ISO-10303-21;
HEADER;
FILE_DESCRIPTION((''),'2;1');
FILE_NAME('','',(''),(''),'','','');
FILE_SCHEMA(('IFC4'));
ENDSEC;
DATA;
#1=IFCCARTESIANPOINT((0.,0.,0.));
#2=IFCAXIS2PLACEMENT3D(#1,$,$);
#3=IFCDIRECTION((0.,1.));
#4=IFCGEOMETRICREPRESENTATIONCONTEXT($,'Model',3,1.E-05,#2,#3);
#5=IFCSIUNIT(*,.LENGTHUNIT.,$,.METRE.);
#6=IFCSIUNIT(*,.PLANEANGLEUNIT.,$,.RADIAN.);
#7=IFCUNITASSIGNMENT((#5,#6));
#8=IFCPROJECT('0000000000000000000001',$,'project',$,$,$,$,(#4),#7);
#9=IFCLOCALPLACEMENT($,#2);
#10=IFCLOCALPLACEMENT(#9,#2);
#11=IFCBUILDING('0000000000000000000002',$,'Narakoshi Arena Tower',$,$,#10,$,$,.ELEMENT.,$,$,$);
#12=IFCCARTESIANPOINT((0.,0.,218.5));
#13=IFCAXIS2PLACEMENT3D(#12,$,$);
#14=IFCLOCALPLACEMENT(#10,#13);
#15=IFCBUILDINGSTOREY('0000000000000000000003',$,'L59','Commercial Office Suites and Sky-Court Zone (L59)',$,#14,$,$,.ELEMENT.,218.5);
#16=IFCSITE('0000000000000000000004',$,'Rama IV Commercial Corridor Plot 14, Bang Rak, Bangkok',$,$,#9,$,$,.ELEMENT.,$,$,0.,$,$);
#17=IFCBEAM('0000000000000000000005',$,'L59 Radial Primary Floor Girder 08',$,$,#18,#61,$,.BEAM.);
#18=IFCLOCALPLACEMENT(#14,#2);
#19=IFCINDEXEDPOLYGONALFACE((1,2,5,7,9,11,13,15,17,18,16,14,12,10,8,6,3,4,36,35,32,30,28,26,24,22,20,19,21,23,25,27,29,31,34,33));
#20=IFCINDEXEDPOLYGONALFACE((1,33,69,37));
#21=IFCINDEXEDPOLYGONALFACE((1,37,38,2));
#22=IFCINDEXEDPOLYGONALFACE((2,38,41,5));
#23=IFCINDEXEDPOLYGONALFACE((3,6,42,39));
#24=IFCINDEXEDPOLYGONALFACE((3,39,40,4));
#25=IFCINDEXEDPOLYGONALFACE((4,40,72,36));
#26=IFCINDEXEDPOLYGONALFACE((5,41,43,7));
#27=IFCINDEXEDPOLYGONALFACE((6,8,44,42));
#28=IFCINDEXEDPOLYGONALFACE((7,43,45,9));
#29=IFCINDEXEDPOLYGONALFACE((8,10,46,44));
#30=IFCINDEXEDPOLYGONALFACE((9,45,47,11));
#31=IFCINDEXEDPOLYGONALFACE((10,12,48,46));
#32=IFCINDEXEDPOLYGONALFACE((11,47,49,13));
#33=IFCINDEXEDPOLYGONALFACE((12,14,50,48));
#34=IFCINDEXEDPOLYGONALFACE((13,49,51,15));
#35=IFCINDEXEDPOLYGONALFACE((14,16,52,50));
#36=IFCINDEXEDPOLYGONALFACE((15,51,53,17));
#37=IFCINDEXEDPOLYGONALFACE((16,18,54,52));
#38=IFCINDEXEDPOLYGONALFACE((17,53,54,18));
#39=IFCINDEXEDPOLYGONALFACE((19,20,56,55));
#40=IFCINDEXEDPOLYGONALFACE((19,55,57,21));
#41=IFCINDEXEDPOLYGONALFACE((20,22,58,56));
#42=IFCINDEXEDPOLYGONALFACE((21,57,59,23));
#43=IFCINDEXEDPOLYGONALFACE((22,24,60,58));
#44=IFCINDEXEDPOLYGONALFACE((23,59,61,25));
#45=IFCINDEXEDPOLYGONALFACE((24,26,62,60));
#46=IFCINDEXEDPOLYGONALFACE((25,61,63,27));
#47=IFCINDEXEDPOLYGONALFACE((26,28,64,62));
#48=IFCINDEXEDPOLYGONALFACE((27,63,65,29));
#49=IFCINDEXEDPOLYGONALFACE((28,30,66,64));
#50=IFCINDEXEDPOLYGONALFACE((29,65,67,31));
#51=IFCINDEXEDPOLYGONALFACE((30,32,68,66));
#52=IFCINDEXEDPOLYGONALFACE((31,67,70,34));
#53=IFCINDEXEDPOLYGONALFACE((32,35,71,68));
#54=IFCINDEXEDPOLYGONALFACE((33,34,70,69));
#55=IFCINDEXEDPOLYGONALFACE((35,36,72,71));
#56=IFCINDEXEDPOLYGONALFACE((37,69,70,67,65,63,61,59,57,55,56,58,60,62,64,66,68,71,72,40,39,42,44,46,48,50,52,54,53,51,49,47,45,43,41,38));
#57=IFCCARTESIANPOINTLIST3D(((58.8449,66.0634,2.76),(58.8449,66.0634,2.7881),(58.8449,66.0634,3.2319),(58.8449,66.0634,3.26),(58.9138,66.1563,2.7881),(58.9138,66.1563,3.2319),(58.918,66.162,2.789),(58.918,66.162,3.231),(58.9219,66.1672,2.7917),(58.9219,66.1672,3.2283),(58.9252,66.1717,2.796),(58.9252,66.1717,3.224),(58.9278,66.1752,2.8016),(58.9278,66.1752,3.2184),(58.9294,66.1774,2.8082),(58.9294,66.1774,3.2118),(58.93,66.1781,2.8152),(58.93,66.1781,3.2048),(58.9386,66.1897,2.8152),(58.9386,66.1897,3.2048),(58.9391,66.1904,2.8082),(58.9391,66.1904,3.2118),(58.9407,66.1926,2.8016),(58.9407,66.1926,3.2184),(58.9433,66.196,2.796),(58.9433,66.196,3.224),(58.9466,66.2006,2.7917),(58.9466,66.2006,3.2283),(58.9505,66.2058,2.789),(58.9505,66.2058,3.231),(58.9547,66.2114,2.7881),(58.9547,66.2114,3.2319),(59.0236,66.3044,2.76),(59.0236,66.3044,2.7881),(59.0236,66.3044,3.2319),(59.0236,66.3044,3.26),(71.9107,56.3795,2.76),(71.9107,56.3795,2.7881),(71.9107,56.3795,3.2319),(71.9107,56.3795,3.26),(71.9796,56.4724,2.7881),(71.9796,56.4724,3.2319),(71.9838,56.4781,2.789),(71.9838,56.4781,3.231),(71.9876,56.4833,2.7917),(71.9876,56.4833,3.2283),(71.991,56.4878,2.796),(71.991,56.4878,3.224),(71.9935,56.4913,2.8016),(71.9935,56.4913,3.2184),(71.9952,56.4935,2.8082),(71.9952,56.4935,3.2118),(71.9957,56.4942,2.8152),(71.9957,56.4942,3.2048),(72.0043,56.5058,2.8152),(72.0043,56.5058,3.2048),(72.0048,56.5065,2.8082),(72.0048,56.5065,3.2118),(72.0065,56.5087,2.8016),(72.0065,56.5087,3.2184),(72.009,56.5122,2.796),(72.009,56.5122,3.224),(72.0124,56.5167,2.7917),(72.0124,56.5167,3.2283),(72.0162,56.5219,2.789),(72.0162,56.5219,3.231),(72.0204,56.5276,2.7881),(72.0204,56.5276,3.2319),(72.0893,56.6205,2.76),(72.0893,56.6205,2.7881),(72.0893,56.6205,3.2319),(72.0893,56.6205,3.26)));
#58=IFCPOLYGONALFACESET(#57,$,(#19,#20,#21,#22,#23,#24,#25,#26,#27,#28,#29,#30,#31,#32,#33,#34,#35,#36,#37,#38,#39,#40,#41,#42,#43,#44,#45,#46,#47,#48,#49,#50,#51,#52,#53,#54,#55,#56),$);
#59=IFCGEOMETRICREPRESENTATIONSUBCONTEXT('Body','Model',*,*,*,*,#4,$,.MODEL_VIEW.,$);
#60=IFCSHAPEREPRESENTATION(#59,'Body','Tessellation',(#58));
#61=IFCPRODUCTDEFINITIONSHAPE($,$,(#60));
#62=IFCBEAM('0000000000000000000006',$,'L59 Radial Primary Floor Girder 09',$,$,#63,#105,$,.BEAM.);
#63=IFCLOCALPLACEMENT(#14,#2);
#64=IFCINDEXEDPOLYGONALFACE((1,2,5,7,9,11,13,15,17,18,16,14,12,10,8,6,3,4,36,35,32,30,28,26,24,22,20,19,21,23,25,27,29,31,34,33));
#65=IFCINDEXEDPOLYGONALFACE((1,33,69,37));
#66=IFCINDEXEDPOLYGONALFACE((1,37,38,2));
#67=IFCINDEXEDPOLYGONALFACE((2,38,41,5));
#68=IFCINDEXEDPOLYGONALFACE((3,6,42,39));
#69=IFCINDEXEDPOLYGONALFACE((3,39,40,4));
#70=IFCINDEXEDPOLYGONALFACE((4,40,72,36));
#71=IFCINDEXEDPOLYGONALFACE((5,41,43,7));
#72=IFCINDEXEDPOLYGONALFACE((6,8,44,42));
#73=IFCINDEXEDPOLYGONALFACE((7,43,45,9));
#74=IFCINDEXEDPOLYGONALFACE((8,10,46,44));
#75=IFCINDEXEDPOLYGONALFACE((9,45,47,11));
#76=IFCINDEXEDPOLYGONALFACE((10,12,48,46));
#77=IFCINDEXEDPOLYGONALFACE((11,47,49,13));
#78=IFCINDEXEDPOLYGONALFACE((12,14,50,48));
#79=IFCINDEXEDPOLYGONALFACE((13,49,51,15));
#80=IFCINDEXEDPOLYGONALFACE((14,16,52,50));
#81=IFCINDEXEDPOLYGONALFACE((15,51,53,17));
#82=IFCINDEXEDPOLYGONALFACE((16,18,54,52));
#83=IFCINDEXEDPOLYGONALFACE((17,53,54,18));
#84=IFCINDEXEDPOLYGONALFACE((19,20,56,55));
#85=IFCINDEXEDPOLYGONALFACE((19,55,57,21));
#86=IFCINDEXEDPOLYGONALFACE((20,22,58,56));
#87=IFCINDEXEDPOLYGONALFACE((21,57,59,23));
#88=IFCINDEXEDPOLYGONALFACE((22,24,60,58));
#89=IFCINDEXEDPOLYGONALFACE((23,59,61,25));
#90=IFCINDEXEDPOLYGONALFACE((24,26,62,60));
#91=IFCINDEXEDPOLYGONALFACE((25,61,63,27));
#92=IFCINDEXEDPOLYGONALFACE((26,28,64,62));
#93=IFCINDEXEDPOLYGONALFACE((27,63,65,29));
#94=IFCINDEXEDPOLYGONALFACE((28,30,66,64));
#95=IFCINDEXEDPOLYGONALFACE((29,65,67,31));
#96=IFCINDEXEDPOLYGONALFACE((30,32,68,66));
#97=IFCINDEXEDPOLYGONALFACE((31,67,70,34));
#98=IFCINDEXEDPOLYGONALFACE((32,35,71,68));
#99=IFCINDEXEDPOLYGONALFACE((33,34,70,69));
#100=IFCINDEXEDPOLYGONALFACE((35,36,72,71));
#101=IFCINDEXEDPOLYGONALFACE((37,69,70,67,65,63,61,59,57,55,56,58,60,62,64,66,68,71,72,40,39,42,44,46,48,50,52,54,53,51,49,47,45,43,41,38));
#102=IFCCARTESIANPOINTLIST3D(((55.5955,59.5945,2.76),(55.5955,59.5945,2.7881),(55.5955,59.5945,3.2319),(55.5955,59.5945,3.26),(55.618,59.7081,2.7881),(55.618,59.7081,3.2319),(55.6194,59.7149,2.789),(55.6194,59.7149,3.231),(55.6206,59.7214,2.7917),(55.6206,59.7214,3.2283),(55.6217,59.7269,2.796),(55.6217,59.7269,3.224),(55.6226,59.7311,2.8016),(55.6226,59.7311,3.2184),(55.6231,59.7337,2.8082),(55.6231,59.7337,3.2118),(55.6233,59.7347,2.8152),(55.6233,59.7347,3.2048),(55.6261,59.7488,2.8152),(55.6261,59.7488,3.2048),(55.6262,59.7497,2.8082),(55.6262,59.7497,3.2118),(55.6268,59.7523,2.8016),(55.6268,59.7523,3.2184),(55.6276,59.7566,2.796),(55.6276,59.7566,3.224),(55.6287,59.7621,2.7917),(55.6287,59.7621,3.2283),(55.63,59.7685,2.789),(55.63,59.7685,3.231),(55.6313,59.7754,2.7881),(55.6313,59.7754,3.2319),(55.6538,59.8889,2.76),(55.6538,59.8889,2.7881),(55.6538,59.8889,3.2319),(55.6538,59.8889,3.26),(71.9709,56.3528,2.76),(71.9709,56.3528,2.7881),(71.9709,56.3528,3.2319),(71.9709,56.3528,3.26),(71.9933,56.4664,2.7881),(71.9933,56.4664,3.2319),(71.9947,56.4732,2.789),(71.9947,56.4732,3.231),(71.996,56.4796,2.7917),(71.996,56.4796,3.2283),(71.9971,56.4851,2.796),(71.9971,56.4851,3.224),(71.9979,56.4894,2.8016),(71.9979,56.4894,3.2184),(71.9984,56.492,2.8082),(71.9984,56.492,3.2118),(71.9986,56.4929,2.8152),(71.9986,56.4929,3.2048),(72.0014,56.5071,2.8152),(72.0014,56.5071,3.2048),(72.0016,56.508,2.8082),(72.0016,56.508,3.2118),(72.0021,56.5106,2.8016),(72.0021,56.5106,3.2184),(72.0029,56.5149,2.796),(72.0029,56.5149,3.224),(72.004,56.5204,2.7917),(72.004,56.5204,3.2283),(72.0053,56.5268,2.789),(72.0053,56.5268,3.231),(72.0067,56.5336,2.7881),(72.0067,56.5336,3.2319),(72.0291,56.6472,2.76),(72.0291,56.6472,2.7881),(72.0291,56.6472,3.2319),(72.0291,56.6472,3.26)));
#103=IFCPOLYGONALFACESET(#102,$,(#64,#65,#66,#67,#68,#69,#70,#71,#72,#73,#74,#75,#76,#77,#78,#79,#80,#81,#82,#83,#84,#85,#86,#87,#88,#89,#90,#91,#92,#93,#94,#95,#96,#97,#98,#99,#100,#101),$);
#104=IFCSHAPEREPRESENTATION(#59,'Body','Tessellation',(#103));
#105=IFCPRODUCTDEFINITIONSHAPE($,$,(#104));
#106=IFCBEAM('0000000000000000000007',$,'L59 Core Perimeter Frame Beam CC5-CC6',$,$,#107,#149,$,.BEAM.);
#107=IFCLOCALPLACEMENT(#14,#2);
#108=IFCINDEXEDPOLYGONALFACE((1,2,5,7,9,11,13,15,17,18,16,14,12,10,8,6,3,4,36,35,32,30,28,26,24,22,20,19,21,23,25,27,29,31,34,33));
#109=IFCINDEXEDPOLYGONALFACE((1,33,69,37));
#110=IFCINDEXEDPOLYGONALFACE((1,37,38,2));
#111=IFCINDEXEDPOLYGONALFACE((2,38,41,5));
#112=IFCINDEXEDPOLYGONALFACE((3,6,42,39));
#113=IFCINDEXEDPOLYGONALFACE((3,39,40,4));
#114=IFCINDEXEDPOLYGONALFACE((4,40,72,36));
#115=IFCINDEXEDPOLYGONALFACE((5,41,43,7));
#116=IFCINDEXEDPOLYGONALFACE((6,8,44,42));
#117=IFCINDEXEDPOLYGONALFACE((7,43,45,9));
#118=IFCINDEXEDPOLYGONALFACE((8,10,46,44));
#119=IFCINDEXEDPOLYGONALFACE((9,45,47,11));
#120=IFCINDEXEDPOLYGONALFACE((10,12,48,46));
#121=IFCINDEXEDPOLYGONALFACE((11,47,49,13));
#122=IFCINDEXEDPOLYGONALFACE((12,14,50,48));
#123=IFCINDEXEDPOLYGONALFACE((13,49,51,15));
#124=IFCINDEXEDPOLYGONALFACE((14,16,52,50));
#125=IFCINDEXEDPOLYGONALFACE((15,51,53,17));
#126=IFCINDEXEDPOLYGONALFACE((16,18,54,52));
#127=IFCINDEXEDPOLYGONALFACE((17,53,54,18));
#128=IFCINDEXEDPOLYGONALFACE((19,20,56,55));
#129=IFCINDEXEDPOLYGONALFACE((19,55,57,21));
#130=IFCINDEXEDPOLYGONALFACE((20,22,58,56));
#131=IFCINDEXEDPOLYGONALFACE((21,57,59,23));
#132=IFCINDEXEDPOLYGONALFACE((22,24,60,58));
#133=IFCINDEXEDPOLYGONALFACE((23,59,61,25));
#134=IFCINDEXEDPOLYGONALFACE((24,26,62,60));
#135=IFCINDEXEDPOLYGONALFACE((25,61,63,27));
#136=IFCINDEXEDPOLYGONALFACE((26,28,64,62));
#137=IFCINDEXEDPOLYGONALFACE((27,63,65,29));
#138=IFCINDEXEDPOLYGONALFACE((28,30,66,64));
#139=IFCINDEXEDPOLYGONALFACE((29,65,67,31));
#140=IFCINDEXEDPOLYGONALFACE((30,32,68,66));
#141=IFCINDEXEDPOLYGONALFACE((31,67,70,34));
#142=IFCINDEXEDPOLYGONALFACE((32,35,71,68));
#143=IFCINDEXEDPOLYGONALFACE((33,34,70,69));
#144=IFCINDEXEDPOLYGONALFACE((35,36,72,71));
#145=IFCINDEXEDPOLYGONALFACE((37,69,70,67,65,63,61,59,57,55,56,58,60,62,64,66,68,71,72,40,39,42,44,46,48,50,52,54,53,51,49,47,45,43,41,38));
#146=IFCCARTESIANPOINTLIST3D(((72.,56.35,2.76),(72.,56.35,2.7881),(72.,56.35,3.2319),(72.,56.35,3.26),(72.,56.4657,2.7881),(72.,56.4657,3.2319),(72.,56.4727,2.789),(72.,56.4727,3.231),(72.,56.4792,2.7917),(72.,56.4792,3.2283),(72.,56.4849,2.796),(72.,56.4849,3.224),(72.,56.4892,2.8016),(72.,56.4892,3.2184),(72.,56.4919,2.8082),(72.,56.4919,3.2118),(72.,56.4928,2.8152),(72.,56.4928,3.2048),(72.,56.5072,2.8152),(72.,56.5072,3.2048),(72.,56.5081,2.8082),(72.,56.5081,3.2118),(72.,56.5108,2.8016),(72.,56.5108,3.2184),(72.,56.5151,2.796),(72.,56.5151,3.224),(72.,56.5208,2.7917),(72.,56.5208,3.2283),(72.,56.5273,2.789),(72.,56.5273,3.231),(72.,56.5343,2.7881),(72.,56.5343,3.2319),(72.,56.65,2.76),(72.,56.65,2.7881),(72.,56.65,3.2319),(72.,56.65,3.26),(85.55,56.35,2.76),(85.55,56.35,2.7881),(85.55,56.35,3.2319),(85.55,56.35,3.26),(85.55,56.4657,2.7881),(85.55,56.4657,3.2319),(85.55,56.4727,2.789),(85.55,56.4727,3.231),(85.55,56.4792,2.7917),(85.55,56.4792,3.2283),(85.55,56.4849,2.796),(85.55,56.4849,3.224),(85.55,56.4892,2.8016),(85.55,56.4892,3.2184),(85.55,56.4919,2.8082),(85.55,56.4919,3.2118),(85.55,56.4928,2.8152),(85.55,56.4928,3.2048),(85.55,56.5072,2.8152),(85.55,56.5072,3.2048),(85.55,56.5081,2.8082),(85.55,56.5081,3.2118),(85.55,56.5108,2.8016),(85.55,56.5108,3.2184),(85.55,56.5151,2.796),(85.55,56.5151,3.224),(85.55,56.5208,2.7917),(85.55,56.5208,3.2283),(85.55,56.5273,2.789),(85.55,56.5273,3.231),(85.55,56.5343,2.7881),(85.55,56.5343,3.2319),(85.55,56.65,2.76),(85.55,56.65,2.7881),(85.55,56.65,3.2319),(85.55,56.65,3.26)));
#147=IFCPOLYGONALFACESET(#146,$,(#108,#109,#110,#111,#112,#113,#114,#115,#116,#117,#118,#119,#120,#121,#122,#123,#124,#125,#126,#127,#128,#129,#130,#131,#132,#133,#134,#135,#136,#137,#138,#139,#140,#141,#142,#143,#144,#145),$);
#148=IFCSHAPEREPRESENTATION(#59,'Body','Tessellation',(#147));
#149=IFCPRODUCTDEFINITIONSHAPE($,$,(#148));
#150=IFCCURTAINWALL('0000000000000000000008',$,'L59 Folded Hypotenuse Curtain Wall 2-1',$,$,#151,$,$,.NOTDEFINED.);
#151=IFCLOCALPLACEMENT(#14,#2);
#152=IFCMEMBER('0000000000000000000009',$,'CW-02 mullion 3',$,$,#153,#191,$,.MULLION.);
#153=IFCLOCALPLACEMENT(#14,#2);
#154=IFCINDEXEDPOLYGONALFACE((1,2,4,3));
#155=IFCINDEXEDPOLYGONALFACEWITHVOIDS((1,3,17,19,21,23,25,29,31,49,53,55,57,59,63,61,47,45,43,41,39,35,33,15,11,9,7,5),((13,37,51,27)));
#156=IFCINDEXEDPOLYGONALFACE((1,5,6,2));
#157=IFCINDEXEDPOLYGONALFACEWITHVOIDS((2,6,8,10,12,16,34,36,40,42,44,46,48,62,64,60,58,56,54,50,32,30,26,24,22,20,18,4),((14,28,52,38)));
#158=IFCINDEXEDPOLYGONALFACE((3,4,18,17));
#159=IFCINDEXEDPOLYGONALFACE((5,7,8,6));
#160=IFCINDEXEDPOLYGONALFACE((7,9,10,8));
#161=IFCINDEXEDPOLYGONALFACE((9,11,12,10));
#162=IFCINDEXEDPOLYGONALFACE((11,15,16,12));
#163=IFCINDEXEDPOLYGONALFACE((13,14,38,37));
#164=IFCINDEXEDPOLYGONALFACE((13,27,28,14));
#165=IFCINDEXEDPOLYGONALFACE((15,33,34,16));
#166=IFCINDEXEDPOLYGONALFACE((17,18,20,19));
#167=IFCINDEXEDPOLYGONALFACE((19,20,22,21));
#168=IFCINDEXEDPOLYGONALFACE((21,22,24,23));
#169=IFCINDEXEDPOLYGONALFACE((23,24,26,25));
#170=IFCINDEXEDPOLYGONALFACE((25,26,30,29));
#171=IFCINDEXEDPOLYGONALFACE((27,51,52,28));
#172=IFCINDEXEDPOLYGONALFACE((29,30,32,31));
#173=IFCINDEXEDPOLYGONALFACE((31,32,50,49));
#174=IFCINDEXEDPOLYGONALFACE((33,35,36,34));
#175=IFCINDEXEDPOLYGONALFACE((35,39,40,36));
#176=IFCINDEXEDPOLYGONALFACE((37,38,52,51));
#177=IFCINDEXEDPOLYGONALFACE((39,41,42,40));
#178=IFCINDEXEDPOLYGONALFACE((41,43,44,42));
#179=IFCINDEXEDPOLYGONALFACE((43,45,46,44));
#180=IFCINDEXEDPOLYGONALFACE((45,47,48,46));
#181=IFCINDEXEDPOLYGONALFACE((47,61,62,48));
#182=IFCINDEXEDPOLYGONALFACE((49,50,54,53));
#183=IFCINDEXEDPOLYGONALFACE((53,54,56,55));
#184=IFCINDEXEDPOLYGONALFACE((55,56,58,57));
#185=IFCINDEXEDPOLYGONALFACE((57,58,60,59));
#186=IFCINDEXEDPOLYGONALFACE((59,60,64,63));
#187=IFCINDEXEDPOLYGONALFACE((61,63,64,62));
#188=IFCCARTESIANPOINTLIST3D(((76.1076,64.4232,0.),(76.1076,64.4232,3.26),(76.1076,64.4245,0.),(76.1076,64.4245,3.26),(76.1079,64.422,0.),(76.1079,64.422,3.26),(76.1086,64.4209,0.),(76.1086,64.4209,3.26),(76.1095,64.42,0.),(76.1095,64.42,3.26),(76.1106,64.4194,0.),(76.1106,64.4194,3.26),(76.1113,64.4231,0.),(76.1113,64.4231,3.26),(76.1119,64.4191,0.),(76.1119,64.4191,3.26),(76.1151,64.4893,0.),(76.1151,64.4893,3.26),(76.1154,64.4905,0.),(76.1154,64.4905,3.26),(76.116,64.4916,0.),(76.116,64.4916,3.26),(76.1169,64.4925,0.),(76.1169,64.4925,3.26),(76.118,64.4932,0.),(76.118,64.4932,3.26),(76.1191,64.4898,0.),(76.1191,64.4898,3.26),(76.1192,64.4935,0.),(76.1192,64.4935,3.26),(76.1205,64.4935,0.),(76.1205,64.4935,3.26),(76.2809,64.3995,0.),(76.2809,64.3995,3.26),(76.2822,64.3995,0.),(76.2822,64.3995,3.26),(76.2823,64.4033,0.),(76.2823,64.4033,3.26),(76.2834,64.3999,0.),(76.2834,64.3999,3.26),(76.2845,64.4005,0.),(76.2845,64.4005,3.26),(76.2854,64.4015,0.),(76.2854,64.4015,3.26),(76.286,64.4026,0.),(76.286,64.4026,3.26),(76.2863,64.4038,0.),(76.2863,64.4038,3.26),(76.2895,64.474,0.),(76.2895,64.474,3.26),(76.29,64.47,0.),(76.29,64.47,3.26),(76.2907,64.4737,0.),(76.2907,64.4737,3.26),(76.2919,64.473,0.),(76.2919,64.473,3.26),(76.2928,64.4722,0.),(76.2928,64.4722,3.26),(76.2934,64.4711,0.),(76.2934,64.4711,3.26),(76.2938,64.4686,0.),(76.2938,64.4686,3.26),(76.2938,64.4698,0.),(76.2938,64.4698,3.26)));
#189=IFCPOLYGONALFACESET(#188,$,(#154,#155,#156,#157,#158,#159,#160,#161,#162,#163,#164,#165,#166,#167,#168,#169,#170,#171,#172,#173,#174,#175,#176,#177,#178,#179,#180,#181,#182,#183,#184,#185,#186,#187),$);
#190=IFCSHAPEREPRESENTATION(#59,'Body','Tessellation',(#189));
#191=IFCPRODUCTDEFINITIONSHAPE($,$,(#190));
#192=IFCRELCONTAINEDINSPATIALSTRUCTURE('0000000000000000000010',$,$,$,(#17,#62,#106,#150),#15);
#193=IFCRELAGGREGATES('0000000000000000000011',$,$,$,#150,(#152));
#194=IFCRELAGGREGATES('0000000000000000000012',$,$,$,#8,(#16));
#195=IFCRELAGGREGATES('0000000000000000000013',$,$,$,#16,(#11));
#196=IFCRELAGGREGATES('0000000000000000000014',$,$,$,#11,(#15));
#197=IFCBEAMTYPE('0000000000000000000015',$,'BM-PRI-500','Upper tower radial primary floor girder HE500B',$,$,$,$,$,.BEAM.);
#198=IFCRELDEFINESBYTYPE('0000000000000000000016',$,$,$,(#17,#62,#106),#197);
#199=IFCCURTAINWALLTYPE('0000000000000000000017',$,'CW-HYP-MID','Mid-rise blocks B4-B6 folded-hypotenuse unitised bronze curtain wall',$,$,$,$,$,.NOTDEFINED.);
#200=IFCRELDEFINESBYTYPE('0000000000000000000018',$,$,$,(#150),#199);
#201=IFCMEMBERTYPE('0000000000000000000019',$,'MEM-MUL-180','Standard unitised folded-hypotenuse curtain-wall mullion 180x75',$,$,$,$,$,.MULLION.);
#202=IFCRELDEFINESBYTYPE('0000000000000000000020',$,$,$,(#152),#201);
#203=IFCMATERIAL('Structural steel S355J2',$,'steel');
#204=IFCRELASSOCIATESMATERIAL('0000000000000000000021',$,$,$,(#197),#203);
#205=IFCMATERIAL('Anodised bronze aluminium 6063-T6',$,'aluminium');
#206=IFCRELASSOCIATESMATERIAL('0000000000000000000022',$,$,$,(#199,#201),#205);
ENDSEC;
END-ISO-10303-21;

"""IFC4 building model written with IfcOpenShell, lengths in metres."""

from ifc_helpers import new_model, si_unit, direction, frame, origin, origin_2d, place, context, subcontext, project, spatial, hollow_rectangle, i_section, extrude, material, material_profile, profile_set, type_object, element, aggregate, save


model = new_model("IFC4")

# Units and contexts
model_context = context("Model", 3, precision=1e-05, world=origin(), true_north=direction((0.0, 1.0)))
body_context = subcontext(model_context, "Body", "Model", "MODEL_VIEW")
ifc_project = project(units=[si_unit("LENGTHUNIT", "METRE"), si_unit("PLANEANGLEUNIT", "RADIAN")], contexts=[model_context])

# Site, building, storey
site_placement = place(None, origin())
site = spatial("IfcSite", under=ifc_project, at=site_placement, Name="Rama IV Commercial Corridor Plot 14, Bang Rak, Bangkok", CompositionType="ELEMENT", RefElevation=0.0)
building_placement = place(site_placement, origin())
building = spatial("IfcBuilding", under=site, at=building_placement, Name="Narakoshi Arena Tower", CompositionType="ELEMENT")
storey_placement = place(building_placement, frame((0.0, 0.0, 218.5)))
storey = spatial("IfcBuildingStorey", under=building, at=storey_placement, Name="L59", Description="Commercial Office Suites and Sky-Court Zone (L59)", CompositionType="ELEMENT", Elevation=218.5)

# Beams
ifc_material_1 = material(Name="Structural steel S355J2", Category="steel")
ifc_material_profile_1 = material_profile(ifc_material_1, i_section(OverallWidth=0.3, OverallDepth=0.5, WebThickness=0.0144, FlangeThickness=0.0281, FilletRadius=0.0271, at=origin_2d()), Name="HE500B")
ifc_profile_set_1 = profile_set([ifc_material_profile_1], Name="Structural steel S355J2")
beam_type = type_object("IfcBeamType", Name="BM-PRI-500", Description="Upper tower radial primary floor girder HE500B", PredefinedType="BEAM", material=ifc_profile_set_1)
beam_1_placement = place(storey_placement, frame((72.0, 56.5, 3.01), z_axis=(-0.803394, 0.595448, 0.0), x_axis=(-0.595448, -0.803394, 0.0)))
element("IfcBeam", 1, at=beam_1_placement, inside=storey, type_object=beam_type, Name="L59 Radial Primary Floor Girder 08", PredefinedType="BEAM", context=body_context, shape_type="SweptSolid", body=[
    extrude(i_section(OverallWidth=0.3, OverallDepth=0.5, WebThickness=0.0144, FlangeThickness=0.0281, FilletRadius=0.0271, at=origin_2d()), origin(), (0.0, 0.0, 1.0), 16.2632),
])
beam_2_placement = place(storey_placement, frame((72.0, 56.5, 3.01), z_axis=(-0.980963, 0.194195, 0.0), x_axis=(-0.194195, -0.980963, 0.0)))
element("IfcBeam", 2, at=beam_2_placement, inside=storey, type_object=beam_type, Name="L59 Radial Primary Floor Girder 09", PredefinedType="BEAM", context=body_context, shape_type="SweptSolid", body=[
    extrude(i_section(OverallWidth=0.3, OverallDepth=0.5, WebThickness=0.0144, FlangeThickness=0.0281, FilletRadius=0.0271, at=origin_2d()), origin(), (0.0, 0.0, 1.0), 16.6931),
])
beam_3_placement = place(storey_placement, frame((72.0, 56.5, 3.01), z_axis=(1.0, 0.0, 0.0), x_axis=(0.0, 1.0, 0.0)))
element("IfcBeam", 3, at=beam_3_placement, inside=storey, type_object=beam_type, Name="L59 Core Perimeter Frame Beam CC5-CC6", PredefinedType="BEAM", context=body_context, shape_type="SweptSolid", body=[
    extrude(i_section(OverallWidth=0.3, OverallDepth=0.5, WebThickness=0.0144, FlangeThickness=0.0281, FilletRadius=0.0271, at=origin_2d()), origin(), (0.0, 0.0, 1.0), 13.55),
])

# Curtain wall, member
ifc_material_2 = material(Name="Anodised bronze aluminium 6063-T6", Category="aluminium")
curtain_wall_type = type_object("IfcCurtainWallType", Name="CW-HYP-MID", Description="Mid-rise blocks B4-B6 folded-hypotenuse unitised bronze curtain wall", PredefinedType="NOTDEFINED", material=ifc_material_2)
curtain_wall_placement = place(storey_placement, origin())
curtain_wall = element("IfcCurtainWall", 4, at=curtain_wall_placement, inside=storey, type_object=curtain_wall_type, Name="L59 Folded Hypotenuse Curtain Wall 2-1", PredefinedType="NOTDEFINED")
ifc_material_profile_2 = material_profile(ifc_material_2, hollow_rectangle(XDim=0.075, YDim=0.1799, WallThickness=0.0039, OuterFilletRadius=0.0049, at=origin_2d()), Name="MUL180x75x4")
ifc_profile_set_2 = profile_set([ifc_material_profile_2], Name="Anodised bronze aluminium 6063-T6")
member_type_1 = type_object("IfcMemberType", Name="MEM-MUL-180", Description="Standard unitised folded-hypotenuse curtain-wall mullion 180x75", PredefinedType="MULLION", material=ifc_profile_set_2)
member_1_placement = place(storey_placement, frame((76.2007, 64.4465, 0.0), z_axis=(0.0, 0.0, 1.0), x_axis=(-0.115011, -0.993364, 0.0)))
member_1 = element("IfcMember", 5, at=member_1_placement, type_object=member_type_1, Name="CW-02 mullion 3", PredefinedType="MULLION", context=body_context, shape_type="SweptSolid", body=[
    extrude(hollow_rectangle(XDim=0.075, YDim=0.1799, WallThickness=0.0039, OuterFilletRadius=0.0049, at=origin_2d()), origin(), (0.0, 0.0, 1.0), 3.26),
])
aggregate(curtain_wall, [member_1])

save(model, "model.ifc")
